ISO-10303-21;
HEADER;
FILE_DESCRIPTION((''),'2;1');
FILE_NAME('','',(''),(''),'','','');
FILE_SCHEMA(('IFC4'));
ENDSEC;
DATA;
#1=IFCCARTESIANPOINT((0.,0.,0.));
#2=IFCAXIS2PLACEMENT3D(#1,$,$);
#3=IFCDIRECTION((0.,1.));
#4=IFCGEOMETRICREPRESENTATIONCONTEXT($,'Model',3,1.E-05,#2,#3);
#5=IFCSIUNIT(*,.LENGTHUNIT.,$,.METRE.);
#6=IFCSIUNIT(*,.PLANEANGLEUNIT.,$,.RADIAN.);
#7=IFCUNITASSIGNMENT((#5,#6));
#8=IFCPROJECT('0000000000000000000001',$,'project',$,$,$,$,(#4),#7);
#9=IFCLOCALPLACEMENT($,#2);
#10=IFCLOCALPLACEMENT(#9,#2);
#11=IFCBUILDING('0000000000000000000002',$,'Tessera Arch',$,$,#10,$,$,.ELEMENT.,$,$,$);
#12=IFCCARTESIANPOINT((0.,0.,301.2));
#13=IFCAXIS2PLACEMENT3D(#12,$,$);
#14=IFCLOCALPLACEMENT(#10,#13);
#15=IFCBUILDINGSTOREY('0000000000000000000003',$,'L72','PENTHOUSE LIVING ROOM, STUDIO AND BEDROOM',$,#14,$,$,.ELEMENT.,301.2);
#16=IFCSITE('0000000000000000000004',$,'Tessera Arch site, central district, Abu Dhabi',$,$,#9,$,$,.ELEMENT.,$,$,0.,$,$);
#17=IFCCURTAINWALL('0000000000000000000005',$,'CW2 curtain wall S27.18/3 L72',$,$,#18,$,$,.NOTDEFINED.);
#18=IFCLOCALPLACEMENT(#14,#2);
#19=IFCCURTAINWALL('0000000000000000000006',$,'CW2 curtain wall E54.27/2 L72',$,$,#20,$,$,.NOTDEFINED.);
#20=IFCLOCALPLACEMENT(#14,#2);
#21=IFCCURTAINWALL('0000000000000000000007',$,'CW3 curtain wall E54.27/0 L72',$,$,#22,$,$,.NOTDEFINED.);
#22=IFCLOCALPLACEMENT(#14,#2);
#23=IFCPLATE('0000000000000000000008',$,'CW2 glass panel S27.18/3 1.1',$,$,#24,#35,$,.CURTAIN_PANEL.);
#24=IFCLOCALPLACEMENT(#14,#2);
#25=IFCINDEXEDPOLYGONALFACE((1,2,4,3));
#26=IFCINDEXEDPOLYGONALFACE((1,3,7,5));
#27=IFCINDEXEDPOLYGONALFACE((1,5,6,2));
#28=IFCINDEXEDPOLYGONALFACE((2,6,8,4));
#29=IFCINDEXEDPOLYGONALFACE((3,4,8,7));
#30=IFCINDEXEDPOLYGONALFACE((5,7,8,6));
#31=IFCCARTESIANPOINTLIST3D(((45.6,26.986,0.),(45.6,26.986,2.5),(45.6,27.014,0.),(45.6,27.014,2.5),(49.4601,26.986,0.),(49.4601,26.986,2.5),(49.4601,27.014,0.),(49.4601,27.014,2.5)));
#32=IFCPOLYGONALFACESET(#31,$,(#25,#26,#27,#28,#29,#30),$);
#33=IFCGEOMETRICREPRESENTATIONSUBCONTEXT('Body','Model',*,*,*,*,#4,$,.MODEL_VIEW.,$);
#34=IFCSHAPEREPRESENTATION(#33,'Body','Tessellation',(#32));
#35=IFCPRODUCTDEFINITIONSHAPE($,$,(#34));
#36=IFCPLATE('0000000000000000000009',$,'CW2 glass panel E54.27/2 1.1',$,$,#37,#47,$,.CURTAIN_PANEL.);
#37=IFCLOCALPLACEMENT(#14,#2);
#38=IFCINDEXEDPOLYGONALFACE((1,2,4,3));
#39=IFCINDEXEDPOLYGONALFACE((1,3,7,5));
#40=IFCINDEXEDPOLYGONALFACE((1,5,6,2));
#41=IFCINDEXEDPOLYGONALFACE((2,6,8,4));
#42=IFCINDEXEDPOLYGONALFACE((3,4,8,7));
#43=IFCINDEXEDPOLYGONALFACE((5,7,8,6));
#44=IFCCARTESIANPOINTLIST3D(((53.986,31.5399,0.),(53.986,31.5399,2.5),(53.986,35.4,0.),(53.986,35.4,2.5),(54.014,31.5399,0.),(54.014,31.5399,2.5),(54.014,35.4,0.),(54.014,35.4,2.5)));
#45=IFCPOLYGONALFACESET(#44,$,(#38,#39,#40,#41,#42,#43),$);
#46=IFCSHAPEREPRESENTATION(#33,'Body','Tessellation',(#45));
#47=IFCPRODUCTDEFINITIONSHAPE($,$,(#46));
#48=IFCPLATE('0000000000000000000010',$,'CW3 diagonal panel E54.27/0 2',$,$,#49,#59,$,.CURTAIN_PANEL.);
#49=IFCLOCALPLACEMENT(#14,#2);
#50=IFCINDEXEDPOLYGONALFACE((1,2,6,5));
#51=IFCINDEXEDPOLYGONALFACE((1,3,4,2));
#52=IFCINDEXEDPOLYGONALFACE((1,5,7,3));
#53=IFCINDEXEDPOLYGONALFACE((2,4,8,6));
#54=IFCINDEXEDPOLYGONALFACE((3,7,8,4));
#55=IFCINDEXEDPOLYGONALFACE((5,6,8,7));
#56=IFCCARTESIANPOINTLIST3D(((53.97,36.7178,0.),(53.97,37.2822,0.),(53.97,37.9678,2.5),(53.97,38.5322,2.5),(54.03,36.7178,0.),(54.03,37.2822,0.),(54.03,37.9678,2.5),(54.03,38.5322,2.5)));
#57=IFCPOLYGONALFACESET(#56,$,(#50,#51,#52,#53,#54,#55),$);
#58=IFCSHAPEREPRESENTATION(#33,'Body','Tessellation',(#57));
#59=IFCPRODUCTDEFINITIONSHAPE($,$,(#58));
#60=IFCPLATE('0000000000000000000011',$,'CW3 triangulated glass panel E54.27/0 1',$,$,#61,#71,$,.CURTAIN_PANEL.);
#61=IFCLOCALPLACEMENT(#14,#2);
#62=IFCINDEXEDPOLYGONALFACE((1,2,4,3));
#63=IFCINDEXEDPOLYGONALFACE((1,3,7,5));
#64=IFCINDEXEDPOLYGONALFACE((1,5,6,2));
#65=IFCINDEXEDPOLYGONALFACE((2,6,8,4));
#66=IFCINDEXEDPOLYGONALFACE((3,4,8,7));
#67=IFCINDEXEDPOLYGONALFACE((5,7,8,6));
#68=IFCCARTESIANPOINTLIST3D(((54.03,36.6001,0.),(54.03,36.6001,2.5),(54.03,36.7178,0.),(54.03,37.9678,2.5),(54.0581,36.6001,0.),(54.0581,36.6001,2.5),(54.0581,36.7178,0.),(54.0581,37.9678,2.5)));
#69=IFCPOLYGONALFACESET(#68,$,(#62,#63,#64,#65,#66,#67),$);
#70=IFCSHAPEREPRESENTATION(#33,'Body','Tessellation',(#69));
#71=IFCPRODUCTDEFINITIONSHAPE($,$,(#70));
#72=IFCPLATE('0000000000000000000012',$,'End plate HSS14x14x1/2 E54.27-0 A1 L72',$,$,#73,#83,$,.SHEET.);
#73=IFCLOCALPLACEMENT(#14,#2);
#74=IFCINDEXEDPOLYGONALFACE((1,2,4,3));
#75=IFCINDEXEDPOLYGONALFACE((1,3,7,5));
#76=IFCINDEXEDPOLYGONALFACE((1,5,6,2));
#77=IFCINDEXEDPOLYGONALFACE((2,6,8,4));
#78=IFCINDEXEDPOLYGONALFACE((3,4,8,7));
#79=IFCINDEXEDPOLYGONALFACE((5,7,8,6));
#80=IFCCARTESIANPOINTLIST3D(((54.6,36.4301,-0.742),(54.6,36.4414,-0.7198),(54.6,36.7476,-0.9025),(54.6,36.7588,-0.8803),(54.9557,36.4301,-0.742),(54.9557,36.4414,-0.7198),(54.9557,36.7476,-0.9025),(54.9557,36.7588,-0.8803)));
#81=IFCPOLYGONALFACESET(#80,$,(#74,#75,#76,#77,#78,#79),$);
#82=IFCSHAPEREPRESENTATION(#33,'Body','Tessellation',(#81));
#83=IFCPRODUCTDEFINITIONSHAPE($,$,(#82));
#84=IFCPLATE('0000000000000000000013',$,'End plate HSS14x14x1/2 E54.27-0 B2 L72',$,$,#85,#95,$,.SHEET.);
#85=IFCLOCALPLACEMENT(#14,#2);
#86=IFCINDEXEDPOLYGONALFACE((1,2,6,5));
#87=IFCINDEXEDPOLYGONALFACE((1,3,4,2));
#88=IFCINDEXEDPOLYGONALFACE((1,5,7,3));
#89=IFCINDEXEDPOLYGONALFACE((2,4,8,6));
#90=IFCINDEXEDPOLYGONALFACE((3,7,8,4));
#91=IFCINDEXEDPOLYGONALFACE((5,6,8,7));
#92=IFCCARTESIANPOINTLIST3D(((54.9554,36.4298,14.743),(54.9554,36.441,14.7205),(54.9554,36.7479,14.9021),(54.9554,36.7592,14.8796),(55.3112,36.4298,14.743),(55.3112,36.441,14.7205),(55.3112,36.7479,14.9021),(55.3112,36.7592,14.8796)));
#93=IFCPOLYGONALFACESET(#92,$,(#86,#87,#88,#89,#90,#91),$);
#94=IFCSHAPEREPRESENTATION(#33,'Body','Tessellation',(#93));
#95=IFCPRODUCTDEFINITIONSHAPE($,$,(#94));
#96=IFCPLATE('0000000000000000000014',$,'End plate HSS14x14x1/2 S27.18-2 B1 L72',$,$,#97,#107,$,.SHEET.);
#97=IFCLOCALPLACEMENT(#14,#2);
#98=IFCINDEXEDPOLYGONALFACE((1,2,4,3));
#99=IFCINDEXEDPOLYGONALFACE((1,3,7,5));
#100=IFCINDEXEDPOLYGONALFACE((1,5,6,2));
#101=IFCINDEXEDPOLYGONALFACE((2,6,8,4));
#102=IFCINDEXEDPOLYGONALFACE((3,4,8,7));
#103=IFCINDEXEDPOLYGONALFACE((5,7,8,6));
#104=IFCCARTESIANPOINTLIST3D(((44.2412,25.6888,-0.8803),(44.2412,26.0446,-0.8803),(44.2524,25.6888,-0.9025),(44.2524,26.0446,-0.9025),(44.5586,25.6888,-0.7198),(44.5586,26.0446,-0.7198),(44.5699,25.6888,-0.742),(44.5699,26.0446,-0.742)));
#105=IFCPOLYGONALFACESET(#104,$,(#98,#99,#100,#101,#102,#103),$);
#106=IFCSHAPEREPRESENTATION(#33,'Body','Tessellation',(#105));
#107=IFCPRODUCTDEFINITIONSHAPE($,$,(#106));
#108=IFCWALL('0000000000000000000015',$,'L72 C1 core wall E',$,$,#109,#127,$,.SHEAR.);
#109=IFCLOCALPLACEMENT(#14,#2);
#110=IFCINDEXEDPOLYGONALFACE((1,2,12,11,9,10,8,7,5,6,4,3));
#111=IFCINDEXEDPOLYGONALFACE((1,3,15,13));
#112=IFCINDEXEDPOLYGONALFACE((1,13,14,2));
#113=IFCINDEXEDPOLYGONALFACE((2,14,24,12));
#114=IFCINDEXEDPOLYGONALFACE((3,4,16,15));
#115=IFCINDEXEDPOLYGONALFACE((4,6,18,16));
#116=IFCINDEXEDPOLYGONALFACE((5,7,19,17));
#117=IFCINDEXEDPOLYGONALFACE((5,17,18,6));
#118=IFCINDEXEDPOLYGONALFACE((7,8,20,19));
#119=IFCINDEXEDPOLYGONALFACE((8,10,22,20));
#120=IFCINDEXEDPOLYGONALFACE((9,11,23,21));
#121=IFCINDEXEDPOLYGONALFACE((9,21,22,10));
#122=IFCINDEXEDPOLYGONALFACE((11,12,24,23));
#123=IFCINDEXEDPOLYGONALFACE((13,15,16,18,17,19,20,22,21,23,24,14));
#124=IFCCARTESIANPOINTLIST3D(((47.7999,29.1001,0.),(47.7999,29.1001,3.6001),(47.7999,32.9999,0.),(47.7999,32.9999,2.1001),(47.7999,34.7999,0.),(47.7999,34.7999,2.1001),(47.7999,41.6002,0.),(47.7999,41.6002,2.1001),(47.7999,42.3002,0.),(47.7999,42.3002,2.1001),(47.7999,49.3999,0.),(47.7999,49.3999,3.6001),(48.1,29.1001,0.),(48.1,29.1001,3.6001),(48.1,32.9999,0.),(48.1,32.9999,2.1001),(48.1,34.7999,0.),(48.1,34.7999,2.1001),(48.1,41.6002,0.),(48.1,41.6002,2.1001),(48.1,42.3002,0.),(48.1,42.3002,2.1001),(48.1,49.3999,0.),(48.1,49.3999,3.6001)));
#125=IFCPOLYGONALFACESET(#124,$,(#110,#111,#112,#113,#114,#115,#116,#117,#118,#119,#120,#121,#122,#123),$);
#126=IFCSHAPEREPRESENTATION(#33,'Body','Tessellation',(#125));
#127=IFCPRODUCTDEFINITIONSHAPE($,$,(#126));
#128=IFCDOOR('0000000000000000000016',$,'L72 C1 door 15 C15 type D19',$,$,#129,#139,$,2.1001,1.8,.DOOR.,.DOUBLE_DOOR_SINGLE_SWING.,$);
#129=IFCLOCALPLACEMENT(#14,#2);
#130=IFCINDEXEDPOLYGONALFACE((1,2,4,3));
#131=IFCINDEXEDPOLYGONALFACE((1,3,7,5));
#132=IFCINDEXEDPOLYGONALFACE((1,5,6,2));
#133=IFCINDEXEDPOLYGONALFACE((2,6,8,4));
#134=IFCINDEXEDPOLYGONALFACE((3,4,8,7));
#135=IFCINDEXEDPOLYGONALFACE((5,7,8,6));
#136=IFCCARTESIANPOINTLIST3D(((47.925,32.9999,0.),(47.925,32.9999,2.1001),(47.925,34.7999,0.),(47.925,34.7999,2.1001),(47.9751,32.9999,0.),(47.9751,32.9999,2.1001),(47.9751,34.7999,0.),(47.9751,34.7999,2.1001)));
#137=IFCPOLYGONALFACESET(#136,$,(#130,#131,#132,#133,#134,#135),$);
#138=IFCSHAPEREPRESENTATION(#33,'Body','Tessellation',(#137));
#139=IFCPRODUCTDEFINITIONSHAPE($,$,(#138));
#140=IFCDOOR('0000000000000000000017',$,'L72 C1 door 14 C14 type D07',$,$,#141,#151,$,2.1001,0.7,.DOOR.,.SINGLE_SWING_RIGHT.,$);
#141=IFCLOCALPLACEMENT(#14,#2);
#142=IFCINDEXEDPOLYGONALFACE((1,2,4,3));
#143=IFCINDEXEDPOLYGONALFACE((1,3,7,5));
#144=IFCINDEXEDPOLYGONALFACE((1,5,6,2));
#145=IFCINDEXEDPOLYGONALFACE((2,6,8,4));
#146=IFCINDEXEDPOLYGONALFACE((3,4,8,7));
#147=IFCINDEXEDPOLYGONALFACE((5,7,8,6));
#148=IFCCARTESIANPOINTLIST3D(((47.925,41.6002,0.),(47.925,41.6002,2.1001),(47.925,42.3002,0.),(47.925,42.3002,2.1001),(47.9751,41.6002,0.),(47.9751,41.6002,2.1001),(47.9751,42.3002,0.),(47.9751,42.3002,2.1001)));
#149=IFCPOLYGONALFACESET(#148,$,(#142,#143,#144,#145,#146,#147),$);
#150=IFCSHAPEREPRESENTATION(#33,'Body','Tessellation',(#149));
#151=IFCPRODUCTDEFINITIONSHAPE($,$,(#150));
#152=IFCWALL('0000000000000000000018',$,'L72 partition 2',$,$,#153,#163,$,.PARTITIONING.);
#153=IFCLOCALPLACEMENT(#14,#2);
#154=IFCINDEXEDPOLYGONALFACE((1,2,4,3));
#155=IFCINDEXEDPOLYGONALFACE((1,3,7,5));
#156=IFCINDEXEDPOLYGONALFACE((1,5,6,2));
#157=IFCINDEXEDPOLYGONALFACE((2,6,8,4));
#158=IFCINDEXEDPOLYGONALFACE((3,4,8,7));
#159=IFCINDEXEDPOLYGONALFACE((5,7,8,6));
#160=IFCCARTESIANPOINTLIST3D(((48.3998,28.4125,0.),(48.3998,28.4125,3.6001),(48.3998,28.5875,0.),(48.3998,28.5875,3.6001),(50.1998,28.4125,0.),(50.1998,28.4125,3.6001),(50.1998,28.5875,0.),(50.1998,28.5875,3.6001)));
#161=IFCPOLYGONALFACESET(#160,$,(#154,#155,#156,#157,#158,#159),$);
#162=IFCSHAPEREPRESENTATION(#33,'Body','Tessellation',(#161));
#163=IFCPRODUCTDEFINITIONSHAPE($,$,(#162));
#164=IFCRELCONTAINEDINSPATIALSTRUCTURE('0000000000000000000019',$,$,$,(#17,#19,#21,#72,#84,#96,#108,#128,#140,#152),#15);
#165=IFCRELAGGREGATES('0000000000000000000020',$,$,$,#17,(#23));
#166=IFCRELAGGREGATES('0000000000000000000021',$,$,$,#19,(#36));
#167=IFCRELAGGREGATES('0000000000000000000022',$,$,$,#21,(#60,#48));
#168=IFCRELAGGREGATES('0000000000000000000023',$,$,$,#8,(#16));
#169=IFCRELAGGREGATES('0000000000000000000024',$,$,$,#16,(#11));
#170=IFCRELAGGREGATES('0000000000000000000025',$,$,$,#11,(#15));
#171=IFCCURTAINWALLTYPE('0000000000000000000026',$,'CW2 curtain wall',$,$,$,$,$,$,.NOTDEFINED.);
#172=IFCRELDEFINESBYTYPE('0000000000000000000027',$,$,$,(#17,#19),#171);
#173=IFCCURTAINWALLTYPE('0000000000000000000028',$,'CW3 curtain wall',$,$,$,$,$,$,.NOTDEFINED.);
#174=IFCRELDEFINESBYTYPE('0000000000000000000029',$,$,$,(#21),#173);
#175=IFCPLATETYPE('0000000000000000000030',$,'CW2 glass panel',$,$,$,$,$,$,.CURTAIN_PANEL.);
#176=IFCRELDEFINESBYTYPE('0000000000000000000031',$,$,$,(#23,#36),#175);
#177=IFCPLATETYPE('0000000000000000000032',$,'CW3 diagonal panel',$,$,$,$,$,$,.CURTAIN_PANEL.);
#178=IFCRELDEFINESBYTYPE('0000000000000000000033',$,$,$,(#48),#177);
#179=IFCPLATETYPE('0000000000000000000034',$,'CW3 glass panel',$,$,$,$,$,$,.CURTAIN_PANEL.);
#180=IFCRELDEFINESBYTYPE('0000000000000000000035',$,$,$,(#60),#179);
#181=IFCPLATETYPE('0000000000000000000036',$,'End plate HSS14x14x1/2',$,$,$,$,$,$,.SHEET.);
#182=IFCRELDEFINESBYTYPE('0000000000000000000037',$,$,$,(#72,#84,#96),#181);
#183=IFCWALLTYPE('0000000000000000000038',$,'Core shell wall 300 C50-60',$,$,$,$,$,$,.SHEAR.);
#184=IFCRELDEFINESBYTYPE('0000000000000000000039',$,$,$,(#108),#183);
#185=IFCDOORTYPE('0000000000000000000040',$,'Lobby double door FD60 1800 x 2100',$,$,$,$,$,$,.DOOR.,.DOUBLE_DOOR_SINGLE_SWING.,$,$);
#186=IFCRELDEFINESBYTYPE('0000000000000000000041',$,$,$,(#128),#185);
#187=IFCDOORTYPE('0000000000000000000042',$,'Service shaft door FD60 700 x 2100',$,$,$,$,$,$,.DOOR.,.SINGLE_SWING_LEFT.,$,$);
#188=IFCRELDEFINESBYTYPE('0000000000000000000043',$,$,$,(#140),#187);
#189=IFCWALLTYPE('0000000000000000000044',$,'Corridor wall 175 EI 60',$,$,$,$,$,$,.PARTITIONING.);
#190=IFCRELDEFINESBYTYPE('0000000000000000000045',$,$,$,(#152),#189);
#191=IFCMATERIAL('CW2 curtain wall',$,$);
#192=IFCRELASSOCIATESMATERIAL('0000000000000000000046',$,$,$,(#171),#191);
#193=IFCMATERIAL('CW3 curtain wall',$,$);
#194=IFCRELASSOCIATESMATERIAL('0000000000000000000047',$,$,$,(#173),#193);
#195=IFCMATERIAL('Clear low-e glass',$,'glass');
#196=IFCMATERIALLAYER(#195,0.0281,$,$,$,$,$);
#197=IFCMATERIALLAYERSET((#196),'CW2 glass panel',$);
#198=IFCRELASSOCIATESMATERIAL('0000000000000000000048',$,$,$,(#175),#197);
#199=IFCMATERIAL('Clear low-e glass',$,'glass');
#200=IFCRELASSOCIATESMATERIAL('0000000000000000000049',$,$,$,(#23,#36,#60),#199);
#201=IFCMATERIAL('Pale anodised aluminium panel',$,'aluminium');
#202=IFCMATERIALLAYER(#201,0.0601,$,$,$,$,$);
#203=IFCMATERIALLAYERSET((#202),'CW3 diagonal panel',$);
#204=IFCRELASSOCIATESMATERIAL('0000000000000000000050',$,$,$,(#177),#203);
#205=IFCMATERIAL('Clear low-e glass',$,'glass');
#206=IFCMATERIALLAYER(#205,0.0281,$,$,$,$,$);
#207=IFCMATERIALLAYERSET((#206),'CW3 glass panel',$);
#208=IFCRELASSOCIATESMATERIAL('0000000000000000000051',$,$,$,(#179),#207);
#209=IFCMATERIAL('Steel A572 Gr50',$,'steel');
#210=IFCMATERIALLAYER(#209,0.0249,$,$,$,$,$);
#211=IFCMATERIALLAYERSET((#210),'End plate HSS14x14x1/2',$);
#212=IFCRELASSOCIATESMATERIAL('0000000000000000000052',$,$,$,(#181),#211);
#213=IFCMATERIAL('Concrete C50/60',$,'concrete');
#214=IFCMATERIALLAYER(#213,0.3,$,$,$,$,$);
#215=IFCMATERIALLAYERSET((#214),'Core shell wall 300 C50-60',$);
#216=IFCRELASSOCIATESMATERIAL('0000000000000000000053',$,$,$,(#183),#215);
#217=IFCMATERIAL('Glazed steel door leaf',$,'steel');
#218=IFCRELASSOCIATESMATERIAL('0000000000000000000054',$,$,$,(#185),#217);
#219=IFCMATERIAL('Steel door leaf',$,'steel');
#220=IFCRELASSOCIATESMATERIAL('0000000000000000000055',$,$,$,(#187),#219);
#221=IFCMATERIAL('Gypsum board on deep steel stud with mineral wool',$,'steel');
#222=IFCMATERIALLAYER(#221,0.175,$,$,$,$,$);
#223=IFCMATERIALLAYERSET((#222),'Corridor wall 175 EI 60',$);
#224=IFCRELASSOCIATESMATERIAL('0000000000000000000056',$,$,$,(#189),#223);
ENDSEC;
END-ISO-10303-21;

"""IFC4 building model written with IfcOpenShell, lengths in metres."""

from ifc_helpers import new_model, si_unit, direction, frame, frame_2d, origin, origin_2d, place, context, subcontext, project, spatial, polyline, rectangle, outline, extrude, material, layer, layer_set, type_object, element, fill, aggregate, save


model = new_model("IFC4")

# Units and contexts
model_context = context("Model", 3, precision=1e-05, world=origin(), true_north=direction((0.0, 1.0)))
body_context = subcontext(model_context, "Body", "Model", "MODEL_VIEW")
ifc_project = project(units=[si_unit("LENGTHUNIT", "METRE"), si_unit("PLANEANGLEUNIT", "RADIAN")], contexts=[model_context])

# Site, building, storey
site_placement = place(None, origin())
site = spatial("IfcSite", under=ifc_project, at=site_placement, Name="Tessera Arch site, central district, Abu Dhabi", CompositionType="ELEMENT", RefElevation=0.0)
building_placement = place(site_placement, origin())
building = spatial("IfcBuilding", under=site, at=building_placement, Name="Tessera Arch", CompositionType="ELEMENT")
storey_placement = place(building_placement, frame((0.0, 0.0, 301.2)))
storey = spatial("IfcBuildingStorey", under=building, at=storey_placement, Name="L72", Description="PENTHOUSE LIVING ROOM, STUDIO AND BEDROOM", CompositionType="ELEMENT", Elevation=301.2)

# Curtain walls
ifc_material_1 = material(Name="CW2 curtain wall")
curtain_wall_type_1 = type_object("IfcCurtainWallType", Name="CW2 curtain wall", PredefinedType="NOTDEFINED", material=ifc_material_1)
curtain_wall_1_placement = place(storey_placement, origin())
curtain_wall_1 = element("IfcCurtainWall", 1, at=curtain_wall_1_placement, inside=storey, type_object=curtain_wall_type_1, Name="CW2 curtain wall S27.18/3 L72", PredefinedType="NOTDEFINED")
curtain_wall_2_placement = place(storey_placement, origin())
curtain_wall_2 = element("IfcCurtainWall", 2, at=curtain_wall_2_placement, inside=storey, type_object=curtain_wall_type_1, Name="CW2 curtain wall E54.27/2 L72", PredefinedType="NOTDEFINED")
ifc_material_2 = material(Name="CW3 curtain wall")
curtain_wall_type_2 = type_object("IfcCurtainWallType", Name="CW3 curtain wall", PredefinedType="NOTDEFINED", material=ifc_material_2)
curtain_wall_3_placement = place(storey_placement, origin())
curtain_wall_3 = element("IfcCurtainWall", 3, at=curtain_wall_3_placement, inside=storey, type_object=curtain_wall_type_2, Name="CW3 curtain wall E54.27/0 L72", PredefinedType="NOTDEFINED")

# Plates
ifc_material_3 = material(Name="Clear low-e glass", Category="glass")
ifc_material_4 = material(Name="Clear low-e glass", Category="glass")
ifc_layer_1 = layer(ifc_material_4, 0.0281)
ifc_layer_set_1 = layer_set([ifc_layer_1], Name="CW2 glass panel")
plate_type_1 = type_object("IfcPlateType", Name="CW2 glass panel", PredefinedType="CURTAIN_PANEL", material=ifc_layer_set_1)
plate_1_placement = place(storey_placement, frame((47.53, 27.0, 0.0), z_axis=(0.0, 0.0, 1.0), x_axis=(1.0, 0.0, 0.0)))
plate_1 = element("IfcPlate", 4, at=plate_1_placement, type_object=plate_type_1, material=ifc_material_3, Name="CW2 glass panel S27.18/3 1.1", PredefinedType="CURTAIN_PANEL", context=body_context, shape_type="SweptSolid", body=[
    extrude(rectangle(XDim=3.8601, YDim=0.0281, at=origin_2d()), origin(), (0.0, 0.0, 1.0), 2.5),
])
aggregate(curtain_wall_1, [plate_1])
plate_2_placement = place(storey_placement, frame((54.0, 33.47, 0.0), z_axis=(0.0, 0.0, 1.0), x_axis=(0.0, 1.0, 0.0)))
plate_2 = element("IfcPlate", 5, at=plate_2_placement, type_object=plate_type_1, material=ifc_material_3, Name="CW2 glass panel E54.27/2 1.1", PredefinedType="CURTAIN_PANEL", context=body_context, shape_type="SweptSolid", body=[
    extrude(rectangle(XDim=3.8601, YDim=0.0281, at=origin_2d()), origin(), (0.0, 0.0, 1.0), 2.5),
])
aggregate(curtain_wall_2, [plate_2])
ifc_material_5 = material(Name="Pale anodised aluminium panel", Category="aluminium")
ifc_layer_2 = layer(ifc_material_5, 0.0601)
ifc_layer_set_2 = layer_set([ifc_layer_2], Name="CW3 diagonal panel")
plate_type_2 = type_object("IfcPlateType", Name="CW3 diagonal panel", PredefinedType="CURTAIN_PANEL", material=ifc_layer_set_2)
plate_3_placement = place(storey_placement, frame((54.03, 38.5322, 2.5), z_axis=(1.0, 0.0, 0.0), x_axis=(0.0, -1.0, 0.0)))
plate_3 = element("IfcPlate", 6, at=plate_3_placement, type_object=plate_type_2, Name="CW3 diagonal panel E54.27/0 2", PredefinedType="CURTAIN_PANEL", context=body_context, shape_type="SweptSolid", body=[
    extrude(outline(polyline([(0.0, 0.0), (0.5645, 0.0), (1.8145, 2.5), (1.25, 2.5), (0.0, 0.0)])), origin(), (0.0, 0.0, -1.0), 0.0601),
])
ifc_material_6 = material(Name="Clear low-e glass", Category="glass")
ifc_layer_3 = layer(ifc_material_6, 0.0281)
ifc_layer_set_3 = layer_set([ifc_layer_3], Name="CW3 glass panel")
plate_type_3 = type_object("IfcPlateType", Name="CW3 glass panel", PredefinedType="CURTAIN_PANEL", material=ifc_layer_set_3)
plate_4_placement = place(storey_placement, frame((54.0581, 36.6001, 0.0), z_axis=(1.0, 0.0, 0.0), x_axis=(0.0, 1.0, 0.0)))
plate_4 = element("IfcPlate", 7, at=plate_4_placement, type_object=plate_type_3, material=ifc_material_3, Name="CW3 triangulated glass panel E54.27/0 1", PredefinedType="CURTAIN_PANEL", context=body_context, shape_type="SweptSolid", body=[
    extrude(outline(polyline([(0.0, 0.0), (0.1177, 0.0), (1.3677, 2.5), (0.0, 2.5), (0.0, 0.0)])), origin(), (0.0, 0.0, -1.0), 0.0281),
])
aggregate(curtain_wall_3, [plate_4, plate_3])

# Plates
ifc_material_7 = material(Name="Steel A572 Gr50", Category="steel")
ifc_layer_4 = layer(ifc_material_7, 0.0249)
ifc_layer_set_4 = layer_set([ifc_layer_4], Name="End plate HSS14x14x1/2")
plate_type_4 = type_object("IfcPlateType", Name="End plate HSS14x14x1/2", PredefinedType="SHEET", material=ifc_layer_set_4)
plate_5_placement = place(storey_placement, frame((54.7778, 36.5889, -0.8223), z_axis=(0.0, 0.451132, 0.892457), x_axis=(-1.0, 0.0, 0.0)))
element("IfcPlate", 8, at=plate_5_placement, inside=storey, type_object=plate_type_4, Name="End plate HSS14x14x1/2 E54.27-0 A1 L72", PredefinedType="SHEET", context=body_context, shape_type="SweptSolid", body=[
    extrude(rectangle(XDim=0.3557, YDim=0.3557, at=origin_2d()), origin(), (0.0, 0.0, 1.0), 0.0249),
])
plate_6_placement = place(storey_placement, frame((55.1333, 36.6001, 14.8), z_axis=(0.0, -0.447214, 0.894427), x_axis=(1.0, 0.0, 0.0)))
element("IfcPlate", 9, at=plate_6_placement, inside=storey, type_object=plate_type_4, Name="End plate HSS14x14x1/2 E54.27-0 B2 L72", PredefinedType="SHEET", context=body_context, shape_type="SweptSolid", body=[
    extrude(rectangle(XDim=0.3557, YDim=0.3557, at=origin_2d()), origin(), (0.0, 0.0, 1.0), 0.0251),
])
plate_7_placement = place(storey_placement, frame((44.4111, 25.8667, -0.8223), z_axis=(-0.451132, 0.0, 0.892457), x_axis=(0.0, -1.0, 0.0)))
element("IfcPlate", 10, at=plate_7_placement, inside=storey, type_object=plate_type_4, Name="End plate HSS14x14x1/2 S27.18-2 B1 L72", PredefinedType="SHEET", context=body_context, shape_type="SweptSolid", body=[
    extrude(rectangle(XDim=0.3557, YDim=0.3557, at=origin_2d()), origin(), (0.0, 0.0, 1.0), 0.0249),
])

# Wall, openings, doors
ifc_material_8 = material(Name="Concrete C50/60", Category="concrete")
ifc_layer_5 = layer(ifc_material_8, 0.3)
ifc_layer_set_5 = layer_set([ifc_layer_5], Name="Core shell wall 300 C50-60")
wall_type_1 = type_object("IfcWallType", Name="Core shell wall 300 C50-60", PredefinedType="SHEAR", material=ifc_layer_set_5)
wall_1_placement = place(storey_placement, frame((47.95, 29.1001, 0.0), z_axis=(0.0, 0.0, 1.0), x_axis=(0.0, 1.0, 0.0)))
wall_1 = element("IfcWall", 11, at=wall_1_placement, inside=storey, type_object=wall_type_1, Name="L72 C1 core wall E", PredefinedType="SHEAR", context=body_context, shape_type="SweptSolid", body=[
    extrude(rectangle(XDim=20.2998, YDim=0.3, at=frame_2d((10.1499, 0.0))), origin(), (0.0, 0.0, 1.0), 3.6001),
])
opening_1_placement = place(wall_1_placement, frame((12.5, 0.0, 0.0)))
opening_1 = element("IfcOpeningElement", 12, at=opening_1_placement, cuts=wall_1, PredefinedType="OPENING", context=body_context, shape_type="SweptSolid", body=[
    extrude(rectangle(XDim=0.7, YDim=2.1001, at=frame_2d((0.3501, 1.05))), frame((0.0, 0.1599, 0.0), z_axis=(0.0, -1.0, 0.0), x_axis=(1.0, 0.0, 0.0)), (0.0, 0.0, 1.0), 0.3201),
])
opening_2_placement = place(wall_1_placement, frame((3.8999, 0.0, 0.0)))
opening_2 = element("IfcOpeningElement", 13, at=opening_2_placement, cuts=wall_1, PredefinedType="OPENING", context=body_context, shape_type="SweptSolid", body=[
    extrude(rectangle(XDim=1.8, YDim=2.1001, at=frame_2d((0.8999, 1.05))), frame((0.0, 0.1599, 0.0), z_axis=(0.0, -1.0, 0.0), x_axis=(1.0, 0.0, 0.0)), (0.0, 0.0, 1.0), 0.3201),
])
ifc_material_9 = material(Name="Glazed steel door leaf", Category="steel")
door_type_1 = type_object("IfcDoorType", Name="Lobby double door FD60 1800 x 2100", OperationType="DOUBLE_DOOR_SINGLE_SWING", PredefinedType="DOOR", material=ifc_material_9)
door_1_placement = place(opening_2_placement, origin())
door_1 = element("IfcDoor", 14, at=door_1_placement, inside=storey, type_object=door_type_1, Name="L72 C1 door 15 C15 type D19", OperationType="DOUBLE_DOOR_SINGLE_SWING", OverallHeight=2.1001, OverallWidth=1.8, PredefinedType="DOOR", context=body_context, shape_type="SweptSolid", body=[
    extrude(rectangle(XDim=1.8, YDim=2.1001, at=frame_2d((0.8999, 1.05))), frame((0.0, 0.0249, 0.0), z_axis=(0.0, -1.0, 0.0), x_axis=(1.0, 0.0, 0.0)), (0.0, 0.0, 1.0), 0.05),
])
fill(opening_2, door_1)
ifc_material_10 = material(Name="Steel door leaf", Category="steel")
door_type_2 = type_object("IfcDoorType", Name="Service shaft door FD60 700 x 2100", OperationType="SINGLE_SWING_LEFT", PredefinedType="DOOR", material=ifc_material_10)
door_2_placement = place(opening_1_placement, origin())
door_2 = element("IfcDoor", 15, at=door_2_placement, inside=storey, type_object=door_type_2, Name="L72 C1 door 14 C14 type D07", OperationType="SINGLE_SWING_RIGHT", OverallHeight=2.1001, OverallWidth=0.7, PredefinedType="DOOR", context=body_context, shape_type="SweptSolid", body=[
    extrude(rectangle(XDim=0.7, YDim=2.1001, at=frame_2d((0.3501, 1.05))), frame((0.0, 0.0249, 0.0), z_axis=(0.0, -1.0, 0.0), x_axis=(1.0, 0.0, 0.0)), (0.0, 0.0, 1.0), 0.05),
])
fill(opening_1, door_2)

# Wall
ifc_material_11 = material(Name="Gypsum board on deep steel stud with mineral wool", Category="steel")
ifc_layer_6 = layer(ifc_material_11, 0.175)
ifc_layer_set_6 = layer_set([ifc_layer_6], Name="Corridor wall 175 EI 60")
wall_type_2 = type_object("IfcWallType", Name="Corridor wall 175 EI 60", PredefinedType="PARTITIONING", material=ifc_layer_set_6)
wall_2_placement = place(storey_placement, frame((48.3999, 28.5, 0.0), z_axis=(0.0, 0.0, 1.0), x_axis=(1.0, 0.0, 0.0)))
element("IfcWall", 16, at=wall_2_placement, inside=storey, type_object=wall_type_2, Name="L72 partition 2", PredefinedType="PARTITIONING", context=body_context, shape_type="SweptSolid", body=[
    extrude(rectangle(XDim=1.8, YDim=0.175, at=frame_2d((0.8999, 0.0))), origin(), (0.0, 0.0, 1.0), 3.6001),
])

save(model, "model.ifc")
